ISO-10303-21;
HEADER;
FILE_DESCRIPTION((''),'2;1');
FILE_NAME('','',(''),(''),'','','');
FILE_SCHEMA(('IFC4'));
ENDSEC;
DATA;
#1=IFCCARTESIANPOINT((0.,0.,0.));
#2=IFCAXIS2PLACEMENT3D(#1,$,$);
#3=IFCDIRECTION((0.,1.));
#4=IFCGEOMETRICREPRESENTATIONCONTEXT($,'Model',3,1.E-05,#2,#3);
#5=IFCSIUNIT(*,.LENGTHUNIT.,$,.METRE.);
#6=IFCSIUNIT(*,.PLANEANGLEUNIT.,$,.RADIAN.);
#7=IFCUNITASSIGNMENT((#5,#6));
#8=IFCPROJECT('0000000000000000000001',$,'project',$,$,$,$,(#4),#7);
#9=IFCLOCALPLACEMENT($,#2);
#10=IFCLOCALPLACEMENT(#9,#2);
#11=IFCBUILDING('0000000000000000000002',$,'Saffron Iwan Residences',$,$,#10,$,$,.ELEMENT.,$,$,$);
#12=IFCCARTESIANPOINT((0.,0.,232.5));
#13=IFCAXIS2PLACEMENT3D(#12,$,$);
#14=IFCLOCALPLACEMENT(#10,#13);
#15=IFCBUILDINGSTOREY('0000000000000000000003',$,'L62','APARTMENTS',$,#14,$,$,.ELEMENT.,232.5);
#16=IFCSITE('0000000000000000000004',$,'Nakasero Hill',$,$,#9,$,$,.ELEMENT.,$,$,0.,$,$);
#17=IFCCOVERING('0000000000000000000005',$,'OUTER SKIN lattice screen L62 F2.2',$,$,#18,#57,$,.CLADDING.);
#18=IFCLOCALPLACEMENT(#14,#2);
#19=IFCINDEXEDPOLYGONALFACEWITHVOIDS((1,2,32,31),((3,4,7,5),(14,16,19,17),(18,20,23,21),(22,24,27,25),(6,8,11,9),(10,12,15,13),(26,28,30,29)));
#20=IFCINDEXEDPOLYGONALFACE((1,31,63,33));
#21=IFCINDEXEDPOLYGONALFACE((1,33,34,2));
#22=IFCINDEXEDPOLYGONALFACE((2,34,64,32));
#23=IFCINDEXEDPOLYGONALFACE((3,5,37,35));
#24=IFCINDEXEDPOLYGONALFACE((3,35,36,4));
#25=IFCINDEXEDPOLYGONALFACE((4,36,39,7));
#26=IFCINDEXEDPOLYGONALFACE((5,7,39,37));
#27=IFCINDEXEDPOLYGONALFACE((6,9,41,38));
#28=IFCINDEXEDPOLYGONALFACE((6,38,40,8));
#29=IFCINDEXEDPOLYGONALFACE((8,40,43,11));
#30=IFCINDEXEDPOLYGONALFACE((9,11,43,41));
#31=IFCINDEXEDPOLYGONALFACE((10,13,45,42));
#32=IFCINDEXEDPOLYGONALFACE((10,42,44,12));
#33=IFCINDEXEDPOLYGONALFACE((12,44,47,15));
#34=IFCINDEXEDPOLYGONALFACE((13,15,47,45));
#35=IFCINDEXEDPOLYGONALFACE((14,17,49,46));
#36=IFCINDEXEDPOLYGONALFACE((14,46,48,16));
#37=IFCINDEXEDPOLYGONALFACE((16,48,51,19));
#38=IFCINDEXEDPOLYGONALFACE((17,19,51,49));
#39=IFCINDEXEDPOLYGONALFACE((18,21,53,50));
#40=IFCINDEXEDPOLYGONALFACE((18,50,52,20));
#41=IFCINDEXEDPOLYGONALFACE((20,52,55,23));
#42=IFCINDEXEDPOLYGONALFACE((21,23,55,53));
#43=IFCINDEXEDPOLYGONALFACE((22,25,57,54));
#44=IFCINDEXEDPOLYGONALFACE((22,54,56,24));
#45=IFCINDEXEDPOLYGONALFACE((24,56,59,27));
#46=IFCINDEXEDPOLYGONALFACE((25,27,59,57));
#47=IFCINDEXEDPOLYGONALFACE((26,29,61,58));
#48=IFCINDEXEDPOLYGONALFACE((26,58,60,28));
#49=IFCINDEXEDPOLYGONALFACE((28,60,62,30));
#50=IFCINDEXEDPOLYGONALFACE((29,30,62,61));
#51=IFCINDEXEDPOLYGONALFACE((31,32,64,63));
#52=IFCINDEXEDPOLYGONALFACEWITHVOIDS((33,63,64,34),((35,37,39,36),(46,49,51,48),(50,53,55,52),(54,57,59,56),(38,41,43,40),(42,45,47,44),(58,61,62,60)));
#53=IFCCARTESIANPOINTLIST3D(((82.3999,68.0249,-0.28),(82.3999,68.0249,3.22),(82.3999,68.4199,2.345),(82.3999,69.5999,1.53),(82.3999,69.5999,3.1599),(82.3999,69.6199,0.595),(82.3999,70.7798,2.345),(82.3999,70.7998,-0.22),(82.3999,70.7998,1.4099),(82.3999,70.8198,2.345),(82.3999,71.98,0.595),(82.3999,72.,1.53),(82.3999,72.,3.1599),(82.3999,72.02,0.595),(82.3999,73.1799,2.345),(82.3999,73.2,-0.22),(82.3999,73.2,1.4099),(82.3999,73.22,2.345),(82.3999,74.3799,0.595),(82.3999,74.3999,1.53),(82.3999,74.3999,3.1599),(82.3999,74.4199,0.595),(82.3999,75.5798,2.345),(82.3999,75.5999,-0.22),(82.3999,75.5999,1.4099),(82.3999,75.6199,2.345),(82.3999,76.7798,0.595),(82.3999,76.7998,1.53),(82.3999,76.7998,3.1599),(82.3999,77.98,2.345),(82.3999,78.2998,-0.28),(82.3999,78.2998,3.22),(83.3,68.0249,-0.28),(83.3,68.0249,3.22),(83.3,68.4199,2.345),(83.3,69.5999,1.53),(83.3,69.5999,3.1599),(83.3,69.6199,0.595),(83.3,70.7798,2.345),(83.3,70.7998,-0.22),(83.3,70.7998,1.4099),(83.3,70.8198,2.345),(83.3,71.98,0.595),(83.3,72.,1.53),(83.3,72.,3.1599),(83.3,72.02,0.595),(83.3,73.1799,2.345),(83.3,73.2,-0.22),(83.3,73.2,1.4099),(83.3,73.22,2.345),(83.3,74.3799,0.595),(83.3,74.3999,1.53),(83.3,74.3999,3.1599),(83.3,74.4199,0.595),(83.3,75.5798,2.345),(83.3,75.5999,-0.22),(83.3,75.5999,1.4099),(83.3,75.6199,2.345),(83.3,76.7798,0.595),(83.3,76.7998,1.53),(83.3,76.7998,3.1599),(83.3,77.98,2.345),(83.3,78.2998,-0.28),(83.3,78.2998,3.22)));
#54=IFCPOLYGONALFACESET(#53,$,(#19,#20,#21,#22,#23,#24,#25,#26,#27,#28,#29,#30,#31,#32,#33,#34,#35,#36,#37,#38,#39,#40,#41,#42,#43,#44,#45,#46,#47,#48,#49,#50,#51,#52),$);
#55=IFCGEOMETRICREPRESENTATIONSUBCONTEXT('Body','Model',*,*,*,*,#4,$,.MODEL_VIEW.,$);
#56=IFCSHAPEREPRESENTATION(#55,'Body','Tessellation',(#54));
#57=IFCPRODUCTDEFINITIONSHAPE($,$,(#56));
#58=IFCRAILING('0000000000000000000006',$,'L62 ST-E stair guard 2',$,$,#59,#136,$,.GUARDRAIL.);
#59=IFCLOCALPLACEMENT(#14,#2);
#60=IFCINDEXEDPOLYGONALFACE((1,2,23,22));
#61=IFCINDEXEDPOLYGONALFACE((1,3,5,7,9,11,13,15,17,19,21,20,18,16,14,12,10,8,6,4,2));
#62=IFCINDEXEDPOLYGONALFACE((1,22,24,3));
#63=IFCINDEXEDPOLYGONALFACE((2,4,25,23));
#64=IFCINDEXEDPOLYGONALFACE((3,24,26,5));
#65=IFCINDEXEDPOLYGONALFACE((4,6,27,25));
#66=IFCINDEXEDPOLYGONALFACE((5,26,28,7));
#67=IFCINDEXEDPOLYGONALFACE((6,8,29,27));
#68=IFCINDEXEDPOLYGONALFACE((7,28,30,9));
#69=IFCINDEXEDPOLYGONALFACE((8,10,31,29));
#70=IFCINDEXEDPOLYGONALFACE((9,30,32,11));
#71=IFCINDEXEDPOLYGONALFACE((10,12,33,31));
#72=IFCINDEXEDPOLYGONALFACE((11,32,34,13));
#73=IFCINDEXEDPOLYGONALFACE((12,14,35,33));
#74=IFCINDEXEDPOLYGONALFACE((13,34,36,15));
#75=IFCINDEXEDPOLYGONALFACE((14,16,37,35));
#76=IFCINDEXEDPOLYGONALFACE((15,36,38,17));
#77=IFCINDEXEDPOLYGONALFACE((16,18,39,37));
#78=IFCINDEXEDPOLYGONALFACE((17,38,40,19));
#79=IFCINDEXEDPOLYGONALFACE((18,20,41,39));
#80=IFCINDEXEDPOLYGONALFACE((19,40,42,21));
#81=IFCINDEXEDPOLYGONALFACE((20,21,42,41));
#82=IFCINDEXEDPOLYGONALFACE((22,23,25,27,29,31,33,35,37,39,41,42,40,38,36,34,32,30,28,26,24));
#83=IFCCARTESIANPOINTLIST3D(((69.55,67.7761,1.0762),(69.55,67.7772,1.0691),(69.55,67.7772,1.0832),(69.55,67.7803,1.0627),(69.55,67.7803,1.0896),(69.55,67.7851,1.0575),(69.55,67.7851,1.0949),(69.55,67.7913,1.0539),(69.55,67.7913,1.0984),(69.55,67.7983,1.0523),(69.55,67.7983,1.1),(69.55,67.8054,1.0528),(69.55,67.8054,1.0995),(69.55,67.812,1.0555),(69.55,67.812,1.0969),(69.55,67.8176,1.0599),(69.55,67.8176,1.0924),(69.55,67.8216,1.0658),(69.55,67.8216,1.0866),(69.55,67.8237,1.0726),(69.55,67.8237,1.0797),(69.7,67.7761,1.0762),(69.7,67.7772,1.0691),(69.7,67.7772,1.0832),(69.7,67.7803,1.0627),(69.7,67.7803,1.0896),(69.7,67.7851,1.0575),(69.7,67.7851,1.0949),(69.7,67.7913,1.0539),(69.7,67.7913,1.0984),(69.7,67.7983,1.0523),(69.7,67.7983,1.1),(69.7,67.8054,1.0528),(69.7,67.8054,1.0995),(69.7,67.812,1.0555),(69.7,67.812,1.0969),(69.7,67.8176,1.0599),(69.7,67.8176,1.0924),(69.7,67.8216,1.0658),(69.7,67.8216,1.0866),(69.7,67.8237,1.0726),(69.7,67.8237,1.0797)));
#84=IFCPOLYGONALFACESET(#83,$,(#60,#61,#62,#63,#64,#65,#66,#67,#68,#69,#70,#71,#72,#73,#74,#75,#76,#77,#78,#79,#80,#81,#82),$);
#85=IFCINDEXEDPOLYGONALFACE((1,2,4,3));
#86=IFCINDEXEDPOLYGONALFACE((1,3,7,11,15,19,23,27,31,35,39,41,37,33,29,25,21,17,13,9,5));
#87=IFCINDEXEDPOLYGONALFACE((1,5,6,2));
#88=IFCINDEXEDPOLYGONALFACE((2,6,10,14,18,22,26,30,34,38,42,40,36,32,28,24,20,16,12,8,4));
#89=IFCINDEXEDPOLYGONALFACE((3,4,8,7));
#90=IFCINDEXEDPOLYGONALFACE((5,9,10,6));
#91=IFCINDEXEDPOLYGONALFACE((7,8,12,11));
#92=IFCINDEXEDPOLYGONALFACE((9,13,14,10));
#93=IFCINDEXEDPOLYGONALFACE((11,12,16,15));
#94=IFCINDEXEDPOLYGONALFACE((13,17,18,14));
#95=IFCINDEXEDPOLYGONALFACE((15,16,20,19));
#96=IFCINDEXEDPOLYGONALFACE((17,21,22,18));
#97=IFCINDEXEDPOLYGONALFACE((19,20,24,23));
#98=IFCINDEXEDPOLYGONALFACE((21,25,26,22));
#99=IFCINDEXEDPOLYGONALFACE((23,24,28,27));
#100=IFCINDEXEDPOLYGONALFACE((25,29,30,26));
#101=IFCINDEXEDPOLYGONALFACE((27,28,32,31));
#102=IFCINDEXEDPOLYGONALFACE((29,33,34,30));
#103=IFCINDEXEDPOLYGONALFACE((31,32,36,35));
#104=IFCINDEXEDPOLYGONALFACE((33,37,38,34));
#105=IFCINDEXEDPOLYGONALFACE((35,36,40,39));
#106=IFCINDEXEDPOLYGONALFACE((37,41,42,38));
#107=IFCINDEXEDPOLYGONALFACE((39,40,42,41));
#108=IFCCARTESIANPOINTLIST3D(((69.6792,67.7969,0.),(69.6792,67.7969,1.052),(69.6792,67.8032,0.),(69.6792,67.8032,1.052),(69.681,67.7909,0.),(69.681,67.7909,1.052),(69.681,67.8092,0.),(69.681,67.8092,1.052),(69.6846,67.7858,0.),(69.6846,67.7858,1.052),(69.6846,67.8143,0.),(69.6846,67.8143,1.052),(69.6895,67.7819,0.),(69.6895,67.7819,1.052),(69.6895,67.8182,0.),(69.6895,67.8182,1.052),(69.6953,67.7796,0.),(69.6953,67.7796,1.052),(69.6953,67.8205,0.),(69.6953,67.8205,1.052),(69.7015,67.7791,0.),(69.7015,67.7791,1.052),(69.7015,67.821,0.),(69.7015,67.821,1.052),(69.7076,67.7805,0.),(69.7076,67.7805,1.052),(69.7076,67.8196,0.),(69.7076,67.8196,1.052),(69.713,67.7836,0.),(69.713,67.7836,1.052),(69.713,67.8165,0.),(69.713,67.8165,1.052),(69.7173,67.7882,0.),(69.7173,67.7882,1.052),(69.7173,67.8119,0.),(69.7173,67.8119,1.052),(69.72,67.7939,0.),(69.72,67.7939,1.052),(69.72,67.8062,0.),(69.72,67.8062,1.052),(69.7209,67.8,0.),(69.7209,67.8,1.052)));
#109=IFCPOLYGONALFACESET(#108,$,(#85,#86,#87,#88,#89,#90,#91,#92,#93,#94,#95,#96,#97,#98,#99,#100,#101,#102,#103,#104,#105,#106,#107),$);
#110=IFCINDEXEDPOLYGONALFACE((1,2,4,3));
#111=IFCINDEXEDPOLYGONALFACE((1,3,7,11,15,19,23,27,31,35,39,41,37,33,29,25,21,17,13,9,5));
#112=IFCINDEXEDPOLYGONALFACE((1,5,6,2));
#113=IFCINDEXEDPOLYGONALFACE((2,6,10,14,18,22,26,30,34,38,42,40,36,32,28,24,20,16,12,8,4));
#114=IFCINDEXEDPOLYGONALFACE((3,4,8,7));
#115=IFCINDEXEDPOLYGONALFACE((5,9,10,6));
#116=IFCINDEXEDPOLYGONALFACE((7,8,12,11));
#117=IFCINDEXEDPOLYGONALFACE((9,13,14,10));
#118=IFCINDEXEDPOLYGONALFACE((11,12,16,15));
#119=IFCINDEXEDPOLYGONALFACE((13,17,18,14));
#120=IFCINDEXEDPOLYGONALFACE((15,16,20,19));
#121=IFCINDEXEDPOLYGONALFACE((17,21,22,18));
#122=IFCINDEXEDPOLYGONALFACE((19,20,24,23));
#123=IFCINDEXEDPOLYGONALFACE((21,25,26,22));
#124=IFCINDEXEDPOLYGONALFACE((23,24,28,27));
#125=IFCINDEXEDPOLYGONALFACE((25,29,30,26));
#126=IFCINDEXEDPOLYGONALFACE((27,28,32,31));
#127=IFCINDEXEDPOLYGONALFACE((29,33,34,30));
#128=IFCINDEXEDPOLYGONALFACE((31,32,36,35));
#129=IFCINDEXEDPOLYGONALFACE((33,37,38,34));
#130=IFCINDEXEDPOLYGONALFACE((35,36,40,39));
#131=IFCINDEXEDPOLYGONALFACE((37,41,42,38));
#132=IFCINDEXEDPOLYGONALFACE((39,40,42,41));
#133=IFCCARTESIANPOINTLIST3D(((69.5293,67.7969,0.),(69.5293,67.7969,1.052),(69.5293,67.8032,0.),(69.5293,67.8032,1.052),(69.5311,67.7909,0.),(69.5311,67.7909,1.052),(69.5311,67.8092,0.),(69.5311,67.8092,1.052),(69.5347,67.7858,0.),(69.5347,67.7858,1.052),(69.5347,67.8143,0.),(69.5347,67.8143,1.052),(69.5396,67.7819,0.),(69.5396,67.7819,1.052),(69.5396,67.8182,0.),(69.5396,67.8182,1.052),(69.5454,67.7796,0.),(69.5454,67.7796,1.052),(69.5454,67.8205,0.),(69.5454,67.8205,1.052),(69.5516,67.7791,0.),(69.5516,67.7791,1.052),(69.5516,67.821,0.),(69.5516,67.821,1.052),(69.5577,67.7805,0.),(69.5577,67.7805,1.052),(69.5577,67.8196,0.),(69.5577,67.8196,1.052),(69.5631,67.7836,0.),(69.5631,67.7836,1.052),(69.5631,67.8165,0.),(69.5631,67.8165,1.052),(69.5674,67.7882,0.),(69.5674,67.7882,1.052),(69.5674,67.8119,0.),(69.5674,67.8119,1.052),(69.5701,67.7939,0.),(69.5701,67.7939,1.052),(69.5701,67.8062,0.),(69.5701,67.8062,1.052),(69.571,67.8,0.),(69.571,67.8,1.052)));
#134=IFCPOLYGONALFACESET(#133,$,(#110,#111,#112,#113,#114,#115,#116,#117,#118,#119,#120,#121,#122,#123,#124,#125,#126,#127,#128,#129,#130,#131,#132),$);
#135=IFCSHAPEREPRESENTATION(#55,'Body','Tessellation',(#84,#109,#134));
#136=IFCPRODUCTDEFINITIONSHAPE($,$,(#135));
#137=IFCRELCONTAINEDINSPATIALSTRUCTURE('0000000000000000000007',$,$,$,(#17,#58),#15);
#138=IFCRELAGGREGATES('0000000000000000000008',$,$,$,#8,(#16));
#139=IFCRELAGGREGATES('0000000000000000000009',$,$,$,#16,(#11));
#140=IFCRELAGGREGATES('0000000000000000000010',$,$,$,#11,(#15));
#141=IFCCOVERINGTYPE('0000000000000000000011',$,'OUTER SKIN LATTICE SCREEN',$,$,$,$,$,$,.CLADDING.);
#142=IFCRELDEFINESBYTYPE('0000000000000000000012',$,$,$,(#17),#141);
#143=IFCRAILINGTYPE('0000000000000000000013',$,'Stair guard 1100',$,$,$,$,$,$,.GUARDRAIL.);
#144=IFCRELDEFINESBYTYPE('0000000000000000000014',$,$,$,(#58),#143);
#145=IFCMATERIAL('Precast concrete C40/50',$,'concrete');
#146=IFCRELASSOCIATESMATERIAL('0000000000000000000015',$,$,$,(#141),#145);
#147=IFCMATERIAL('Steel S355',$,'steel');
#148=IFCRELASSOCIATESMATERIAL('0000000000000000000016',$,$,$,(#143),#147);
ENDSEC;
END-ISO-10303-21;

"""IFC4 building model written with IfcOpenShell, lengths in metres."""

from ifc_helpers import new_model, si_unit, direction, frame, origin, origin_2d, place, context, subcontext, project, spatial, polyline, circle, outline, extrude, material, type_object, element, save


model = new_model("IFC4")

# Units and contexts
model_context = context("Model", 3, precision=1e-05, world=origin(), true_north=direction((0.0, 1.0)))
body_context = subcontext(model_context, "Body", "Model", "MODEL_VIEW")
ifc_project = project(units=[si_unit("LENGTHUNIT", "METRE"), si_unit("PLANEANGLEUNIT", "RADIAN")], contexts=[model_context])

# Site, building, storey
site_placement = place(None, origin())
site = spatial("IfcSite", under=ifc_project, at=site_placement, Name="Nakasero Hill", CompositionType="ELEMENT", RefElevation=0.0)
building_placement = place(site_placement, origin())
building = spatial("IfcBuilding", under=site, at=building_placement, Name="Saffron Iwan Residences", CompositionType="ELEMENT")
storey_placement = place(building_placement, frame((0.0, 0.0, 232.5)))
storey = spatial("IfcBuildingStorey", under=building, at=storey_placement, Name="L62", Description="APARTMENTS", CompositionType="ELEMENT", Elevation=232.5)

# Covering
ifc_material_1 = material(Name="Precast concrete C40/50", Category="concrete")
covering_type = type_object("IfcCoveringType", Name="OUTER SKIN LATTICE SCREEN", PredefinedType="CLADDING", material=ifc_material_1)
covering_placement = place(storey_placement, frame((82.3999, 68.0249, -0.28), z_axis=(1.0, 0.0, 0.0), x_axis=(0.0, 1.0, 0.0)))
element("IfcCovering", 1, at=covering_placement, inside=storey, type_object=covering_type, Name="OUTER SKIN lattice screen L62 F2.2", PredefinedType="CLADDING", context=body_context, shape_type="SweptSolid", body=[
    extrude(outline(polyline([(0.0, 0.0), (10.2749, 0.0), (10.2749, 3.5), (0.0, 3.5), (0.0, 0.0)]), holes=[polyline([(1.595, 0.875), (2.7749, 0.0601), (3.9551, 0.875), (2.7749, 1.6899), (1.595, 0.875)]), polyline([(3.9951, 0.875), (5.175, 0.0601), (6.355, 0.875), (5.175, 1.6899), (3.9951, 0.875)]), polyline([(6.395, 0.875), (7.575, 0.0601), (8.7549, 0.875), (7.575, 1.6899), (6.395, 0.875)]), polyline([(0.395, 2.625), (1.575, 1.8101), (2.7549, 2.625), (1.575, 3.4399), (0.395, 2.625)]), polyline([(2.7949, 2.625), (3.9751, 1.8101), (5.155, 2.625), (3.9751, 3.4399), (2.7949, 2.625)]), polyline([(5.1951, 2.625), (6.375, 1.8101), (7.5549, 2.625), (6.375, 3.4399), (5.1951, 2.625)]), polyline([(7.595, 2.625), (8.7749, 1.8101), (9.9551, 2.625), (8.7749, 3.4399), (7.595, 2.625)])]), origin(), (0.0, 0.0, 1.0), 0.9001),
])

# Railing
ifc_material_2 = material(Name="Steel S355", Category="steel")
railing_type_1 = type_object("IfcRailingType", Name="Stair guard 1100", PredefinedType="GUARDRAIL", material=ifc_material_2)
railing_1_placement = place(storey_placement, frame((69.7, 67.8, 0.0)))
element("IfcRailing", 2, at=railing_1_placement, inside=storey, type_object=railing_type_1, Name="L62 ST-E stair guard 2", PredefinedType="GUARDRAIL", context=body_context, shape_type="SweptSolid", body=[
    extrude(circle(Radius=0.0239, at=origin_2d()), frame((0.0, 0.0, 1.0762), z_axis=(-1.0, 0.0, 0.0), x_axis=(0.0, -1.0, 0.0)), (0.0, 0.0, 1.0), 0.1499),
    extrude(circle(Radius=0.021, at=origin_2d()), origin(), (0.0, 0.0, 1.0), 1.052),
    extrude(circle(Radius=0.021, at=origin_2d()), frame((-0.1499, 0.0, 0.0)), (0.0, 0.0, 1.0), 1.052),
])

save(model, "model.ifc")
